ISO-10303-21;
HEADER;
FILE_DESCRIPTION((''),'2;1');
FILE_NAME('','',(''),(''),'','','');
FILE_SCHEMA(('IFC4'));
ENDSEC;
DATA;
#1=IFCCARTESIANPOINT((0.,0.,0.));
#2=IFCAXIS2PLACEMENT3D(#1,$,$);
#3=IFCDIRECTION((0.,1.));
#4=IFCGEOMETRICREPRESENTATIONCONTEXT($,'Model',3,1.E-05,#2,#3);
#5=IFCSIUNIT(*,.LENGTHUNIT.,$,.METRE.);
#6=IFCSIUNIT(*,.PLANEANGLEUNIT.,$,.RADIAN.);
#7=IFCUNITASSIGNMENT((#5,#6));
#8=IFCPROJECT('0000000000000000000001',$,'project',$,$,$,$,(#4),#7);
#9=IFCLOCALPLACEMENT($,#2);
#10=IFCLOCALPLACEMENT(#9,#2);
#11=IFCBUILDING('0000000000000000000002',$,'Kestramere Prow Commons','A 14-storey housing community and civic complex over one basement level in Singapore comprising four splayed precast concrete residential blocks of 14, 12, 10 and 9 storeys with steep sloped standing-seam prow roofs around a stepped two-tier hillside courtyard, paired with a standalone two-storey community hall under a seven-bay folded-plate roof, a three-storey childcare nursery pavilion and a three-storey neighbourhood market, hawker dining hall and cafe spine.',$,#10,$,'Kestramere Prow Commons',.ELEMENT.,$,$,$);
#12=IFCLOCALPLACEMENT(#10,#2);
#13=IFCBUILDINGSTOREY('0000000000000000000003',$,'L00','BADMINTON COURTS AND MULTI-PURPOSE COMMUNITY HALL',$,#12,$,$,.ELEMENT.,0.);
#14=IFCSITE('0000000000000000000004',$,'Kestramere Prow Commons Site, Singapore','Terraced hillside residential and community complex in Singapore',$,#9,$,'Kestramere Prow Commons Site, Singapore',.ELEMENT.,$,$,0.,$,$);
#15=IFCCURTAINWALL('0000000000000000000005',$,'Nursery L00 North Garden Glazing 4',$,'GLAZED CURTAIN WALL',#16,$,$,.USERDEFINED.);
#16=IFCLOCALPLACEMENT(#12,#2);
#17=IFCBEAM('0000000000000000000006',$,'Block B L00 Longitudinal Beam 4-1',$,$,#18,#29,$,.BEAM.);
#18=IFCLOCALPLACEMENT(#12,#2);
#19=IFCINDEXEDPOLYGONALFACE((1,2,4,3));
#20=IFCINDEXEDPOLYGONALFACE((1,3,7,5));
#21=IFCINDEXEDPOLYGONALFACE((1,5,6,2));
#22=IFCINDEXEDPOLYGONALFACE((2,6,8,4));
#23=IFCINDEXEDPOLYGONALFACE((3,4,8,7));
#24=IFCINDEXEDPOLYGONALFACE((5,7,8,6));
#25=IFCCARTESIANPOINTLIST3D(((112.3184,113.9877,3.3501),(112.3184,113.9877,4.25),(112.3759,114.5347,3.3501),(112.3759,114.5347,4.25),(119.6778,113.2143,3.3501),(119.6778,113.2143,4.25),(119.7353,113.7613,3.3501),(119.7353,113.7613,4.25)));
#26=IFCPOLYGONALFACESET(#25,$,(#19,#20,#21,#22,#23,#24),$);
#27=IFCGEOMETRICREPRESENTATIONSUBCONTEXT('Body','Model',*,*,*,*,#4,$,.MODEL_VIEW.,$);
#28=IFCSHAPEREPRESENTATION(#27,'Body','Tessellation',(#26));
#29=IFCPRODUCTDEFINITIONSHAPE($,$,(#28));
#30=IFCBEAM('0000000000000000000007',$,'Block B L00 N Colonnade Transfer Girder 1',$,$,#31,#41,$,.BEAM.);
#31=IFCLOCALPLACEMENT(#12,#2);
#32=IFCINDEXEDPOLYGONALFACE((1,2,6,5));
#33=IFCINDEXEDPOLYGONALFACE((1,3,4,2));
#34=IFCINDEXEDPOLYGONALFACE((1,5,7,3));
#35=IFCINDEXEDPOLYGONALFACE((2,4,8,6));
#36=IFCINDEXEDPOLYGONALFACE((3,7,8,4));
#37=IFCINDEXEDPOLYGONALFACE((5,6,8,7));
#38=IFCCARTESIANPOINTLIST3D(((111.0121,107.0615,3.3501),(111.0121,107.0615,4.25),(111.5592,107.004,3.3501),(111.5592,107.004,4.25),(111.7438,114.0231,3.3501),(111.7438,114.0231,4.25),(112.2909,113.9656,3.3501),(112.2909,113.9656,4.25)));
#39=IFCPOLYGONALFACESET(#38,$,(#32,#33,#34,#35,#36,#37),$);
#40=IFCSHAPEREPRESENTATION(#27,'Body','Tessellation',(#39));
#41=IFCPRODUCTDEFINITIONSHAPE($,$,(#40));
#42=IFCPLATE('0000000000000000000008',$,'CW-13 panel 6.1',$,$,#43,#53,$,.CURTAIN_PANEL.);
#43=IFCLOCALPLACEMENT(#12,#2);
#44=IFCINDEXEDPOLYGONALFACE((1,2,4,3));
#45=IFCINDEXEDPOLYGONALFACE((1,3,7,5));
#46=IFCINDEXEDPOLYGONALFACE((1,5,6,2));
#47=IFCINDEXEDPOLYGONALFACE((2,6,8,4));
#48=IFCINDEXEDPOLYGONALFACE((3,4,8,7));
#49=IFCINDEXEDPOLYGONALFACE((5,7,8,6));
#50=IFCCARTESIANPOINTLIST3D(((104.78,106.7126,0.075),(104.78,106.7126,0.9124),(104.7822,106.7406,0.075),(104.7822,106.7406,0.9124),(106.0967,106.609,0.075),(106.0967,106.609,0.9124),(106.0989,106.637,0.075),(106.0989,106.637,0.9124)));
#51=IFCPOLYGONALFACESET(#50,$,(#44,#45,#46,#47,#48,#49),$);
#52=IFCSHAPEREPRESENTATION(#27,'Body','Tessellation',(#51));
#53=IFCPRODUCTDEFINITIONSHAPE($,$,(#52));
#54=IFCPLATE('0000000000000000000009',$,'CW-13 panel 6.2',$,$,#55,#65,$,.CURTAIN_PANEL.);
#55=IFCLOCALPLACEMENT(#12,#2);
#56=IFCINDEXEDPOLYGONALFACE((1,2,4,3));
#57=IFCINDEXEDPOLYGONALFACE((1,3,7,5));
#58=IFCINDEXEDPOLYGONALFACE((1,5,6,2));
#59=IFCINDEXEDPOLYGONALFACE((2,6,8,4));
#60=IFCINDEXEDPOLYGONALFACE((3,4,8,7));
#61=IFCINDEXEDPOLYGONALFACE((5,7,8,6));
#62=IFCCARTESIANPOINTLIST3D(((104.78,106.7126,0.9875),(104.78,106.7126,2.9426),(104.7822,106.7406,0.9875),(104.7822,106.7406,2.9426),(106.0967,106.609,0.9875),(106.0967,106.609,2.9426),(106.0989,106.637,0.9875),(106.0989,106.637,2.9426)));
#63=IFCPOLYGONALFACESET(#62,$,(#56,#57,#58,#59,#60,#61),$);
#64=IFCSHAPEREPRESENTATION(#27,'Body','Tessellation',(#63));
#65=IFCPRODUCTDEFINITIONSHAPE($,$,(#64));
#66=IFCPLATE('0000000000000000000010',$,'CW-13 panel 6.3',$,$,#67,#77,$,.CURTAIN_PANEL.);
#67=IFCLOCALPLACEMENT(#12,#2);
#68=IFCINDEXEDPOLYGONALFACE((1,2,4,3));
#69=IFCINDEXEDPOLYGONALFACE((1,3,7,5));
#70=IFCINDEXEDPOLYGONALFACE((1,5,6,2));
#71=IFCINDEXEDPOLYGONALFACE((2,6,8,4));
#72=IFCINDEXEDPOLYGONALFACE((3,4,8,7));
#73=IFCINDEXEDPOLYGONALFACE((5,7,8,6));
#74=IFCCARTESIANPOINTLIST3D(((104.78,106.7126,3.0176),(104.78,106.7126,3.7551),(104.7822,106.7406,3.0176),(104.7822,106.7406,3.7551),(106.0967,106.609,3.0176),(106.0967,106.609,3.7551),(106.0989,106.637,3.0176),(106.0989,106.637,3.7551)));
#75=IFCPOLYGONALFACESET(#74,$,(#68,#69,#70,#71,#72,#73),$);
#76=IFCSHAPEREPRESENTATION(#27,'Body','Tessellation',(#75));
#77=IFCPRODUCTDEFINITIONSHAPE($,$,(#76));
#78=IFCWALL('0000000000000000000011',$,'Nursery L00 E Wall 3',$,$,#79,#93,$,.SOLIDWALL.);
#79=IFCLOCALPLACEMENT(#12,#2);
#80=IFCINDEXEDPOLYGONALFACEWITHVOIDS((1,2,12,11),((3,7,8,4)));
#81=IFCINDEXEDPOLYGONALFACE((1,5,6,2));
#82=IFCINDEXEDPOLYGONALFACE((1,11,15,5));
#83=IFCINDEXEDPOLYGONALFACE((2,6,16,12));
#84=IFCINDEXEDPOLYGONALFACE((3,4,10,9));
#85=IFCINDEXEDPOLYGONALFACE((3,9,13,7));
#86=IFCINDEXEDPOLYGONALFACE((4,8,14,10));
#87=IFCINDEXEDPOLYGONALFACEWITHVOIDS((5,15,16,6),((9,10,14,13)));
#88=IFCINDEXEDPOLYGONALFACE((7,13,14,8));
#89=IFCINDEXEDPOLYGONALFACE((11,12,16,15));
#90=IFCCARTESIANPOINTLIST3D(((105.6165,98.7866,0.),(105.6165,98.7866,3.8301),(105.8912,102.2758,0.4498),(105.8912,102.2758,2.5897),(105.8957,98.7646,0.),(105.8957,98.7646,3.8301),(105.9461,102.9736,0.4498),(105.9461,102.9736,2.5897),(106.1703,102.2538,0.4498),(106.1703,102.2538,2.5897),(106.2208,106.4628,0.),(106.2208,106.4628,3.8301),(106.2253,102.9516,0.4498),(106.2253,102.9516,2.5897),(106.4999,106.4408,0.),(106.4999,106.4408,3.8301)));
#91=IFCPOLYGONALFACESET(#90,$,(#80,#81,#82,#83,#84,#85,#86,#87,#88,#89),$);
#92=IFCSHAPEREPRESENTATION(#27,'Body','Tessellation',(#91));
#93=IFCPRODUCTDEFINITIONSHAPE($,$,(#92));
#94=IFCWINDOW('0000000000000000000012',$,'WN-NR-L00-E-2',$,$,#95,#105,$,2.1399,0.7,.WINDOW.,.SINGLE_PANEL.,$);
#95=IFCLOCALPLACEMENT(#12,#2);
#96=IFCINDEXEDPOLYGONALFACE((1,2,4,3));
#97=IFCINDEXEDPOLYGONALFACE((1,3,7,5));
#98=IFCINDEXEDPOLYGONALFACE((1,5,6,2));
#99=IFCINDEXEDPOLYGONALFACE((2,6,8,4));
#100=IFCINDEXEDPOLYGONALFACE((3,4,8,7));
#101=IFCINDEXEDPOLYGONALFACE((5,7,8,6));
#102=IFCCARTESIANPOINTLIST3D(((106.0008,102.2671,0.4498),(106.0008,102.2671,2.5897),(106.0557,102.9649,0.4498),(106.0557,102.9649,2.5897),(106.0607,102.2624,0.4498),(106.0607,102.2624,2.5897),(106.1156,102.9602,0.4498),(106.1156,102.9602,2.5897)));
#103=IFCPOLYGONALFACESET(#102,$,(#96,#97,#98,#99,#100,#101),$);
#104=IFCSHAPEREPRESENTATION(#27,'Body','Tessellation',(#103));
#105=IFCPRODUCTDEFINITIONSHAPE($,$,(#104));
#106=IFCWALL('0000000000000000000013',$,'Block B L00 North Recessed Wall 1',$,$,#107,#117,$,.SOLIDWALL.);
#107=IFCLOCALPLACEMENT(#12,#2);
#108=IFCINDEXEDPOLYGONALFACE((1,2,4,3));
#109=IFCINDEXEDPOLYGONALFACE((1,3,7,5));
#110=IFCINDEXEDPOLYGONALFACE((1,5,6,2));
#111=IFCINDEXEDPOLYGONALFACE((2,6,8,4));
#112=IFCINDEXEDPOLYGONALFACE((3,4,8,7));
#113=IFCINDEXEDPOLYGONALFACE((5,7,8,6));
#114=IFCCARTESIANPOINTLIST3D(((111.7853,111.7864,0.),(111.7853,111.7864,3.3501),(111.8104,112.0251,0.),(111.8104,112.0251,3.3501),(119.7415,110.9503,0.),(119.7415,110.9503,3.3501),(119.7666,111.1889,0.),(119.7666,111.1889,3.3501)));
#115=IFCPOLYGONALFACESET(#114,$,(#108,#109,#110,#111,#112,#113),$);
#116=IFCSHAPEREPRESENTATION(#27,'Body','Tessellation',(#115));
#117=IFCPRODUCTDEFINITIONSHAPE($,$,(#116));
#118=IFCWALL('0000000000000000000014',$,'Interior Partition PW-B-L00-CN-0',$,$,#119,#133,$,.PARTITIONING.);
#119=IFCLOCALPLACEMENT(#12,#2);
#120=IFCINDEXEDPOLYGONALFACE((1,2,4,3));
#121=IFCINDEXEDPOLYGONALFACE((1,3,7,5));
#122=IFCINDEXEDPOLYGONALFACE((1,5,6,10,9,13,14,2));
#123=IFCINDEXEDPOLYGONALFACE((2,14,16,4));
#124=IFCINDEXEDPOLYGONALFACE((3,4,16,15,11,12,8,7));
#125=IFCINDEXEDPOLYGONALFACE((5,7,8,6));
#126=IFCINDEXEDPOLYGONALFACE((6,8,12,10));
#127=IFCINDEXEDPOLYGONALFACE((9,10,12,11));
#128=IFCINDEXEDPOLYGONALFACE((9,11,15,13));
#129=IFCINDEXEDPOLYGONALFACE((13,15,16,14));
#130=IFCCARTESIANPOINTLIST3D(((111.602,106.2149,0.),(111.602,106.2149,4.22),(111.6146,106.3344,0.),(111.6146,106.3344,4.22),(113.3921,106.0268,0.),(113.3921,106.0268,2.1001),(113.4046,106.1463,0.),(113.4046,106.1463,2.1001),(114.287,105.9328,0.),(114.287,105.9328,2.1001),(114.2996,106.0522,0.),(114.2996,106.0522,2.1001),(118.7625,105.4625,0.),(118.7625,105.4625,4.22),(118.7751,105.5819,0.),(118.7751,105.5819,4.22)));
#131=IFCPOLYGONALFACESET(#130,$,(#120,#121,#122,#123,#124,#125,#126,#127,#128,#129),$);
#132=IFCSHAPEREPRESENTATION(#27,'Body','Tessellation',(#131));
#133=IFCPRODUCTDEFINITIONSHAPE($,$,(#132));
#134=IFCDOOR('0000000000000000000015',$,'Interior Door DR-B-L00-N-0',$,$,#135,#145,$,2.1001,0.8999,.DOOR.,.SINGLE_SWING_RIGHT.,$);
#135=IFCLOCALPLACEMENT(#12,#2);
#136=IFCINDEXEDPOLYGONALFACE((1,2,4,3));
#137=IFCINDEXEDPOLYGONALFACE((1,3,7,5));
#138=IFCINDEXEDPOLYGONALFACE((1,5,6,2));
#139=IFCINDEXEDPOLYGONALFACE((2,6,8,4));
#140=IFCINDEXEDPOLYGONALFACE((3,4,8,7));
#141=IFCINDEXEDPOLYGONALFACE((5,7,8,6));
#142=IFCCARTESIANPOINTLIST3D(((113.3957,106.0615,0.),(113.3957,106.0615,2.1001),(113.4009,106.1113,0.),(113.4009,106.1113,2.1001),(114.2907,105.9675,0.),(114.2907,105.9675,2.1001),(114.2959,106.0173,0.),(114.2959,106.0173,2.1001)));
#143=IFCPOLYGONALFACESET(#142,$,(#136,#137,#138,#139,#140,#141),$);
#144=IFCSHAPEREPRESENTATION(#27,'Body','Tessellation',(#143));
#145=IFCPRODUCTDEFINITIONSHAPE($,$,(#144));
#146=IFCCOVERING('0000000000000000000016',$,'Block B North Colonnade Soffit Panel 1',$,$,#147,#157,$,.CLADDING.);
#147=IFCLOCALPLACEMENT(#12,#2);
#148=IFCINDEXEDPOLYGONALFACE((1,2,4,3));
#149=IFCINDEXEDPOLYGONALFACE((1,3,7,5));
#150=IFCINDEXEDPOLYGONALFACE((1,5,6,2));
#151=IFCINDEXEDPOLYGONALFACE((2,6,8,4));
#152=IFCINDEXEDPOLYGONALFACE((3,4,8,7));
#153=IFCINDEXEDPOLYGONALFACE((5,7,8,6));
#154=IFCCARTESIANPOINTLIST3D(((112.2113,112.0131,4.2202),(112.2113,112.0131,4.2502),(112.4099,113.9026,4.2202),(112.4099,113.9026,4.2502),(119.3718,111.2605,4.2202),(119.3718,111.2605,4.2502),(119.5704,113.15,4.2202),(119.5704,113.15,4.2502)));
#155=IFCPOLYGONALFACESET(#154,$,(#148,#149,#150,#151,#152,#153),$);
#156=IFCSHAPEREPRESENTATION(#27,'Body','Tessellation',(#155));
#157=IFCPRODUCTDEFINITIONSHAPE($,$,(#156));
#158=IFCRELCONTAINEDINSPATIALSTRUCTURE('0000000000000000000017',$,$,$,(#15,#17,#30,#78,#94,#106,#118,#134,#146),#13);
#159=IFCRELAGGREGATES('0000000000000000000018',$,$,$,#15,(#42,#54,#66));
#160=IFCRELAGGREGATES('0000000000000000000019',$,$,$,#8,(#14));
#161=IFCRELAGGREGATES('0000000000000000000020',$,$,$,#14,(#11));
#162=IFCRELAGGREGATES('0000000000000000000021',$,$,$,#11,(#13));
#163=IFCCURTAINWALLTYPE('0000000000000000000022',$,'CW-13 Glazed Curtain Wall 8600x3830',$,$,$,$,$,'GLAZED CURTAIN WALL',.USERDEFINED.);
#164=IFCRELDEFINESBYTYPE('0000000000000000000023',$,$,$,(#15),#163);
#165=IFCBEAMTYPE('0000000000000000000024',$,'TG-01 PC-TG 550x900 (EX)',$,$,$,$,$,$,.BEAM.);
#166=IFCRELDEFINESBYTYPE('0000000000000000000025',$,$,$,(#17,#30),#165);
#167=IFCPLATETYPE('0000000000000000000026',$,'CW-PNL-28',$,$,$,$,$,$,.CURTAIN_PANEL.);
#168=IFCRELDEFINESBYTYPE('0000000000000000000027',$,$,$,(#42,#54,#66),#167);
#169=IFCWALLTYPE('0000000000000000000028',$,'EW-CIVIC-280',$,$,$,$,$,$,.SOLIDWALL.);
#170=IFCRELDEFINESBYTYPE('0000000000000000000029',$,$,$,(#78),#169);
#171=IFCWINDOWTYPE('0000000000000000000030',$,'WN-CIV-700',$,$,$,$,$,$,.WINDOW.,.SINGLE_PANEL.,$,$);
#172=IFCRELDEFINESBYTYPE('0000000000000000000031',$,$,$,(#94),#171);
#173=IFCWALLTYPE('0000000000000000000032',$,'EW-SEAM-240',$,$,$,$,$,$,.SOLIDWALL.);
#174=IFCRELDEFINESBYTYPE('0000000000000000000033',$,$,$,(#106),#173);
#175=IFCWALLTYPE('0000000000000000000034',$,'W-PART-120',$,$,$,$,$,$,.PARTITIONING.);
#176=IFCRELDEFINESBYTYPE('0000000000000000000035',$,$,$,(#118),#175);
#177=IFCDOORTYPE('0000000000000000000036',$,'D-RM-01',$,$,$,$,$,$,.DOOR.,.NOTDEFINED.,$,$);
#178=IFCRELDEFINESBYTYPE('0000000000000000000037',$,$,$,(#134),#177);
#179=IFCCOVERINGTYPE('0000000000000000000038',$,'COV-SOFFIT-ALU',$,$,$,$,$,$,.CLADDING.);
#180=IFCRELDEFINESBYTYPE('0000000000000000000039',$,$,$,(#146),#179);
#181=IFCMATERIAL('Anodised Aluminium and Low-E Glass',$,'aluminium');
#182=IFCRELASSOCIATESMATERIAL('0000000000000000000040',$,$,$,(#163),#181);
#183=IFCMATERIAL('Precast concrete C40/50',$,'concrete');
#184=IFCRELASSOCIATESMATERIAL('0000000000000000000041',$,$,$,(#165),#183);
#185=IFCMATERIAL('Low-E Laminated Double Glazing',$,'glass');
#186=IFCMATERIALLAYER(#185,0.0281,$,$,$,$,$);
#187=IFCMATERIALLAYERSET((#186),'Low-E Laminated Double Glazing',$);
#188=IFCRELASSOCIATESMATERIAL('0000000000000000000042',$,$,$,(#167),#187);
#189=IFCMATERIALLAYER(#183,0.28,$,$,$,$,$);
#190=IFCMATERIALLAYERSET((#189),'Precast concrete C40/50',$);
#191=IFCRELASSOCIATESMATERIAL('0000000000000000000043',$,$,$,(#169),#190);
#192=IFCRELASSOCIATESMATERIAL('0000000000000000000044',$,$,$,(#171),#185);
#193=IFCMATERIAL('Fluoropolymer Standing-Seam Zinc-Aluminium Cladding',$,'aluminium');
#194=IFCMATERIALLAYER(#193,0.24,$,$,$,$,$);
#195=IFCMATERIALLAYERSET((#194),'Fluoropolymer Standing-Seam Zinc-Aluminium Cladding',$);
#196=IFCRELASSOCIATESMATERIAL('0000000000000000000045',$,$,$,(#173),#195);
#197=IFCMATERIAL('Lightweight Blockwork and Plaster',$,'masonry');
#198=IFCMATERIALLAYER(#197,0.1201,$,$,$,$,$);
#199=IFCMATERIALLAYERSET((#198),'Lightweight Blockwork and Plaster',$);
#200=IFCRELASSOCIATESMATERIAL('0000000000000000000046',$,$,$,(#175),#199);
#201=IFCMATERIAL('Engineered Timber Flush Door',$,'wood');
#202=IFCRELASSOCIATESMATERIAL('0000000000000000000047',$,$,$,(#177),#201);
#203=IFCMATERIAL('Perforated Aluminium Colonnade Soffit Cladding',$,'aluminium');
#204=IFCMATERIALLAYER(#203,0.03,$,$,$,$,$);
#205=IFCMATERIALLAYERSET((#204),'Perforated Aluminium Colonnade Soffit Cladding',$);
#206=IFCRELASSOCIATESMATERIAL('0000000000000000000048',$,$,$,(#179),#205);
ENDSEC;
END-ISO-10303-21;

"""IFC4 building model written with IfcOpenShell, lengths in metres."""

from ifc_helpers import new_model, si_unit, direction, frame, frame_2d, origin, origin_2d, place, context, subcontext, project, spatial, rectangle, extrude, material, layer, layer_set, material_profile, profile_set, type_object, element, fill, aggregate, save


model = new_model("IFC4")

# Units and contexts
model_context = context("Model", 3, precision=1e-05, world=origin(), true_north=direction((0.0, 1.0)))
body_context = subcontext(model_context, "Body", "Model", "MODEL_VIEW")
ifc_project = project(units=[si_unit("LENGTHUNIT", "METRE"), si_unit("PLANEANGLEUNIT", "RADIAN")], contexts=[model_context])

# Site, building, storey
site_placement = place(None, origin())
site = spatial("IfcSite", under=ifc_project, at=site_placement, Name="Kestramere Prow Commons Site, Singapore", Description="Terraced hillside residential and community complex in Singapore", LongName="Kestramere Prow Commons Site, Singapore", CompositionType="ELEMENT", RefElevation=0.0)
building_placement = place(site_placement, origin())
building = spatial("IfcBuilding", under=site, at=building_placement, Name="Kestramere Prow Commons", Description="A 14-storey housing community and civic complex over one basement level in Singapore comprising four splayed precast concrete residential blocks of 14, 12, 10 and 9 storeys with steep sloped standing-seam prow roofs around a stepped two-tier hillside courtyard, paired with a standalone two-storey community hall under a seven-bay folded-plate roof, a three-storey childcare nursery pavilion and a three-storey neighbourhood market, hawker dining hall and cafe spine.", LongName="Kestramere Prow Commons", CompositionType="ELEMENT")
storey_placement = place(building_placement, origin())
storey = spatial("IfcBuildingStorey", under=building, at=storey_placement, Name="L00", Description="BADMINTON COURTS AND MULTI-PURPOSE COMMUNITY HALL", CompositionType="ELEMENT", Elevation=0.0)

# Shared definitions
ifc_material_1 = material(Name="Precast concrete C40/50", Category="concrete")

# Curtain wall
ifc_material_2 = material(Name="Anodised Aluminium and Low-E Glass", Category="aluminium")
curtain_wall_type = type_object("IfcCurtainWallType", Name="CW-13 Glazed Curtain Wall 8600x3830", ElementType="GLAZED CURTAIN WALL", PredefinedType="USERDEFINED", material=ifc_material_2)
curtain_wall_placement = place(storey_placement, origin())
curtain_wall = element("IfcCurtainWall", 1, at=curtain_wall_placement, inside=storey, type_object=curtain_wall_type, Name="Nursery L00 North Garden Glazing 4", ObjectType="GLAZED CURTAIN WALL", PredefinedType="USERDEFINED")

# Beams
ifc_material_profile_1 = material_profile(ifc_material_1, rectangle(XDim=0.55, YDim=0.8999, at=origin_2d()), Name="PC-TG 550x900")
ifc_profile_set_1 = profile_set([ifc_material_profile_1], Name="Precast concrete C40/50")
beam_type_1 = type_object("IfcBeamType", Name="TG-01 PC-TG 550x900 (EX)", PredefinedType="BEAM", material=ifc_profile_set_1)
beam_1_placement = place(storey_placement, frame((112.3472, 114.2612, 3.8), z_axis=(0.994523, -0.10452, 0.0), x_axis=(0.10452, 0.994523, 0.0)))
element("IfcBeam", 2, at=beam_1_placement, inside=storey, type_object=beam_type_1, Name="Block B L00 Longitudinal Beam 4-1", PredefinedType="BEAM", context=body_context, shape_type="SweptSolid", body=[
    extrude(rectangle(XDim=0.55, YDim=0.8999, at=origin_2d()), origin(), (0.0, 0.0, 1.0), 7.3999),
])
beam_2_placement = place(storey_placement, frame((111.2856, 107.0327, 3.8), z_axis=(0.104527, 0.994522, 0.0), x_axis=(-0.994522, 0.104527, 0.0)))
element("IfcBeam", 3, at=beam_2_placement, inside=storey, type_object=beam_type_1, Name="Block B L00 N Colonnade Transfer Girder 1", PredefinedType="BEAM", context=body_context, shape_type="SweptSolid", body=[
    extrude(rectangle(XDim=0.55, YDim=0.8999, at=origin_2d()), origin(), (0.0, 0.0, 1.0), 7.0),
])

# Plates
ifc_material_3 = material(Name="Low-E Laminated Double Glazing", Category="glass")
ifc_layer_1 = layer(ifc_material_3, 0.0281)
ifc_layer_set_1 = layer_set([ifc_layer_1], Name="Low-E Laminated Double Glazing")
plate_type = type_object("IfcPlateType", Name="CW-PNL-28", PredefinedType="CURTAIN_PANEL", material=ifc_layer_set_1)
plate_1_placement = place(storey_placement, frame((105.4395, 106.6748, 0.075), z_axis=(0.0, 0.0, 1.0), x_axis=(0.996917, -0.078459, 0.0)))
plate_1 = element("IfcPlate", 4, at=plate_1_placement, type_object=plate_type, Name="CW-13 panel 6.1", PredefinedType="CURTAIN_PANEL", context=body_context, shape_type="SweptSolid", body=[
    extrude(rectangle(XDim=1.3208, YDim=0.0281, at=origin_2d()), origin(), (0.0, 0.0, 1.0), 0.8374),
])
plate_2_placement = place(storey_placement, frame((105.4395, 106.6748, 0.9875), z_axis=(0.0, 0.0, 1.0), x_axis=(0.996917, -0.078459, 0.0)))
plate_2 = element("IfcPlate", 5, at=plate_2_placement, type_object=plate_type, Name="CW-13 panel 6.2", PredefinedType="CURTAIN_PANEL", context=body_context, shape_type="SweptSolid", body=[
    extrude(rectangle(XDim=1.3208, YDim=0.0281, at=origin_2d()), origin(), (0.0, 0.0, 1.0), 1.9551),
])
plate_3_placement = place(storey_placement, frame((105.4395, 106.6748, 3.0176), z_axis=(0.0, 0.0, 1.0), x_axis=(0.996917, -0.078459, 0.0)))
plate_3 = element("IfcPlate", 6, at=plate_3_placement, type_object=plate_type, Name="CW-13 panel 6.3", PredefinedType="CURTAIN_PANEL", context=body_context, shape_type="SweptSolid", body=[
    extrude(rectangle(XDim=1.3208, YDim=0.0281, at=origin_2d()), origin(), (0.0, 0.0, 1.0), 0.7375),
])
aggregate(curtain_wall, [plate_1, plate_2, plate_3])

# Wall, opening, window
ifc_layer_2 = layer(ifc_material_1, 0.28)
ifc_layer_set_2 = layer_set([ifc_layer_2], Name="Precast concrete C40/50")
wall_type_1 = type_object("IfcWallType", Name="EW-CIVIC-280", PredefinedType="SOLIDWALL", material=ifc_layer_set_2)
wall_1_placement = place(storey_placement, frame((106.3604, 106.4519, 0.0), z_axis=(0.0, 0.0, 1.0), x_axis=(-0.078474, -0.996916, 0.0)))
wall_1 = element("IfcWall", 7, at=wall_1_placement, inside=storey, type_object=wall_type_1, Name="Nursery L00 E Wall 3", PredefinedType="SOLIDWALL", context=body_context, shape_type="SweptSolid", body=[
    extrude(rectangle(XDim=7.7, YDim=0.28, at=frame_2d((3.8501, 0.0))), origin(), (0.0, 0.0, 1.0), 3.8301),
])
opening_1_placement = place(wall_1_placement, frame((3.5, 0.0, 0.45)))
opening_1 = element("IfcOpeningElement", 8, at=opening_1_placement, cuts=wall_1, PredefinedType="OPENING", context=body_context, shape_type="SweptSolid", body=[
    extrude(rectangle(XDim=0.7, YDim=2.1399, at=frame_2d((0.3501, 1.0698))), frame((0.0, 0.155, 0.0), z_axis=(0.0, -1.0, 0.0), x_axis=(1.0, 0.0, 0.0)), (0.0, 0.0, 1.0), 0.3101),
])
window_type = type_object("IfcWindowType", Name="WN-CIV-700", PartitioningType="SINGLE_PANEL", PredefinedType="WINDOW", material=ifc_material_3)
window_placement = place(opening_1_placement, origin())
window = element("IfcWindow", 9, at=window_placement, inside=storey, type_object=window_type, Name="WN-NR-L00-E-2", OverallHeight=2.1399, OverallWidth=0.7, PartitioningType="SINGLE_PANEL", PredefinedType="WINDOW", context=body_context, shape_type="SweptSolid", body=[
    extrude(rectangle(XDim=0.7, YDim=2.1399, at=frame_2d((0.3501, 1.0698))), frame((0.0, 0.03, 0.0), z_axis=(0.0, -1.0, 0.0), x_axis=(1.0, 0.0, 0.0)), (0.0, 0.0, 1.0), 0.0601),
])
fill(opening_1, window)

# Wall
ifc_material_4 = material(Name="Fluoropolymer Standing-Seam Zinc-Aluminium Cladding", Category="aluminium")
ifc_layer_3 = layer(ifc_material_4, 0.24)
ifc_layer_set_3 = layer_set([ifc_layer_3], Name="Fluoropolymer Standing-Seam Zinc-Aluminium Cladding")
wall_type_2 = type_object("IfcWallType", Name="EW-SEAM-240", PredefinedType="SOLIDWALL", material=ifc_layer_set_3)
wall_2_placement = place(storey_placement, frame((111.7979, 111.9058, 0.0), z_axis=(0.0, 0.0, 1.0), x_axis=(0.994523, -0.104521, 0.0)))
element("IfcWall", 10, at=wall_2_placement, inside=storey, type_object=wall_type_2, Name="Block B L00 North Recessed Wall 1", PredefinedType="SOLIDWALL", context=body_context, shape_type="SweptSolid", body=[
    extrude(rectangle(XDim=8.0, YDim=0.24, at=frame_2d((4.0, 0.0))), origin(), (0.0, 0.0, 1.0), 3.3501),
])

# Wall, opening, door
ifc_material_5 = material(Name="Lightweight Blockwork and Plaster", Category="masonry")
ifc_layer_4 = layer(ifc_material_5, 0.1201)
ifc_layer_set_4 = layer_set([ifc_layer_4], Name="Lightweight Blockwork and Plaster")
wall_type_3 = type_object("IfcWallType", Name="W-PART-120", PredefinedType="PARTITIONING", material=ifc_layer_set_4)
wall_3_placement = place(storey_placement, frame((111.6082, 106.2747, 0.0), z_axis=(0.0, 0.0, 1.0), x_axis=(0.994524, -0.104505, 0.0)))
wall_3 = element("IfcWall", 11, at=wall_3_placement, inside=storey, type_object=wall_type_3, Name="Interior Partition PW-B-L00-CN-0", PredefinedType="PARTITIONING", context=body_context, shape_type="SweptSolid", body=[
    extrude(rectangle(XDim=7.2, YDim=0.1201, at=frame_2d((3.6001, 0.0))), origin(), (0.0, 0.0, 1.0), 4.22),
])
opening_2_placement = place(wall_3_placement, frame((1.8, 0.0, 0.0)))
opening_2 = element("IfcOpeningElement", 12, at=opening_2_placement, cuts=wall_3, PredefinedType="OPENING", context=body_context, shape_type="SweptSolid", body=[
    extrude(rectangle(XDim=0.8999, YDim=2.1001, at=frame_2d((0.45, 1.05))), frame((0.0, 0.075, 0.0), z_axis=(0.0, -1.0, 0.0), x_axis=(1.0, 0.0, 0.0)), (0.0, 0.0, 1.0), 0.1501),
])
ifc_material_6 = material(Name="Engineered Timber Flush Door", Category="wood")
door_type = type_object("IfcDoorType", Name="D-RM-01", OperationType="NOTDEFINED", PredefinedType="DOOR", material=ifc_material_6)
door_placement = place(opening_2_placement, origin())
door = element("IfcDoor", 13, at=door_placement, inside=storey, type_object=door_type, Name="Interior Door DR-B-L00-N-0", OperationType="SINGLE_SWING_RIGHT", OverallHeight=2.1001, OverallWidth=0.8999, PredefinedType="DOOR", context=body_context, shape_type="SweptSolid", body=[
    extrude(rectangle(XDim=0.8999, YDim=2.1001, at=frame_2d((0.45, 1.05))), frame((0.0, 0.0249, 0.0), z_axis=(0.0, -1.0, 0.0), x_axis=(1.0, 0.0, 0.0)), (0.0, 0.0, 1.0), 0.05),
])
fill(opening_2, door)

# Covering
ifc_material_7 = material(Name="Perforated Aluminium Colonnade Soffit Cladding", Category="aluminium")
ifc_layer_5 = layer(ifc_material_7, 0.03)
ifc_layer_set_5 = layer_set([ifc_layer_5], Name="Perforated Aluminium Colonnade Soffit Cladding")
covering_type = type_object("IfcCoveringType", Name="COV-SOFFIT-ALU", PredefinedType="CLADDING", material=ifc_layer_set_5)
covering_placement = place(storey_placement, frame((115.8909, 112.5815, 4.2202), z_axis=(0.0, 0.0, 1.0), x_axis=(0.994522, -0.104528, 0.0)))
element("IfcCovering", 14, at=covering_placement, inside=storey, type_object=covering_type, Name="Block B North Colonnade Soffit Panel 1", PredefinedType="CLADDING", context=body_context, shape_type="SweptSolid", body=[
    extrude(rectangle(XDim=7.2, YDim=1.8999, at=origin_2d()), origin(), (0.0, 0.0, 1.0), 0.03),
])

save(model, "model.ifc")
